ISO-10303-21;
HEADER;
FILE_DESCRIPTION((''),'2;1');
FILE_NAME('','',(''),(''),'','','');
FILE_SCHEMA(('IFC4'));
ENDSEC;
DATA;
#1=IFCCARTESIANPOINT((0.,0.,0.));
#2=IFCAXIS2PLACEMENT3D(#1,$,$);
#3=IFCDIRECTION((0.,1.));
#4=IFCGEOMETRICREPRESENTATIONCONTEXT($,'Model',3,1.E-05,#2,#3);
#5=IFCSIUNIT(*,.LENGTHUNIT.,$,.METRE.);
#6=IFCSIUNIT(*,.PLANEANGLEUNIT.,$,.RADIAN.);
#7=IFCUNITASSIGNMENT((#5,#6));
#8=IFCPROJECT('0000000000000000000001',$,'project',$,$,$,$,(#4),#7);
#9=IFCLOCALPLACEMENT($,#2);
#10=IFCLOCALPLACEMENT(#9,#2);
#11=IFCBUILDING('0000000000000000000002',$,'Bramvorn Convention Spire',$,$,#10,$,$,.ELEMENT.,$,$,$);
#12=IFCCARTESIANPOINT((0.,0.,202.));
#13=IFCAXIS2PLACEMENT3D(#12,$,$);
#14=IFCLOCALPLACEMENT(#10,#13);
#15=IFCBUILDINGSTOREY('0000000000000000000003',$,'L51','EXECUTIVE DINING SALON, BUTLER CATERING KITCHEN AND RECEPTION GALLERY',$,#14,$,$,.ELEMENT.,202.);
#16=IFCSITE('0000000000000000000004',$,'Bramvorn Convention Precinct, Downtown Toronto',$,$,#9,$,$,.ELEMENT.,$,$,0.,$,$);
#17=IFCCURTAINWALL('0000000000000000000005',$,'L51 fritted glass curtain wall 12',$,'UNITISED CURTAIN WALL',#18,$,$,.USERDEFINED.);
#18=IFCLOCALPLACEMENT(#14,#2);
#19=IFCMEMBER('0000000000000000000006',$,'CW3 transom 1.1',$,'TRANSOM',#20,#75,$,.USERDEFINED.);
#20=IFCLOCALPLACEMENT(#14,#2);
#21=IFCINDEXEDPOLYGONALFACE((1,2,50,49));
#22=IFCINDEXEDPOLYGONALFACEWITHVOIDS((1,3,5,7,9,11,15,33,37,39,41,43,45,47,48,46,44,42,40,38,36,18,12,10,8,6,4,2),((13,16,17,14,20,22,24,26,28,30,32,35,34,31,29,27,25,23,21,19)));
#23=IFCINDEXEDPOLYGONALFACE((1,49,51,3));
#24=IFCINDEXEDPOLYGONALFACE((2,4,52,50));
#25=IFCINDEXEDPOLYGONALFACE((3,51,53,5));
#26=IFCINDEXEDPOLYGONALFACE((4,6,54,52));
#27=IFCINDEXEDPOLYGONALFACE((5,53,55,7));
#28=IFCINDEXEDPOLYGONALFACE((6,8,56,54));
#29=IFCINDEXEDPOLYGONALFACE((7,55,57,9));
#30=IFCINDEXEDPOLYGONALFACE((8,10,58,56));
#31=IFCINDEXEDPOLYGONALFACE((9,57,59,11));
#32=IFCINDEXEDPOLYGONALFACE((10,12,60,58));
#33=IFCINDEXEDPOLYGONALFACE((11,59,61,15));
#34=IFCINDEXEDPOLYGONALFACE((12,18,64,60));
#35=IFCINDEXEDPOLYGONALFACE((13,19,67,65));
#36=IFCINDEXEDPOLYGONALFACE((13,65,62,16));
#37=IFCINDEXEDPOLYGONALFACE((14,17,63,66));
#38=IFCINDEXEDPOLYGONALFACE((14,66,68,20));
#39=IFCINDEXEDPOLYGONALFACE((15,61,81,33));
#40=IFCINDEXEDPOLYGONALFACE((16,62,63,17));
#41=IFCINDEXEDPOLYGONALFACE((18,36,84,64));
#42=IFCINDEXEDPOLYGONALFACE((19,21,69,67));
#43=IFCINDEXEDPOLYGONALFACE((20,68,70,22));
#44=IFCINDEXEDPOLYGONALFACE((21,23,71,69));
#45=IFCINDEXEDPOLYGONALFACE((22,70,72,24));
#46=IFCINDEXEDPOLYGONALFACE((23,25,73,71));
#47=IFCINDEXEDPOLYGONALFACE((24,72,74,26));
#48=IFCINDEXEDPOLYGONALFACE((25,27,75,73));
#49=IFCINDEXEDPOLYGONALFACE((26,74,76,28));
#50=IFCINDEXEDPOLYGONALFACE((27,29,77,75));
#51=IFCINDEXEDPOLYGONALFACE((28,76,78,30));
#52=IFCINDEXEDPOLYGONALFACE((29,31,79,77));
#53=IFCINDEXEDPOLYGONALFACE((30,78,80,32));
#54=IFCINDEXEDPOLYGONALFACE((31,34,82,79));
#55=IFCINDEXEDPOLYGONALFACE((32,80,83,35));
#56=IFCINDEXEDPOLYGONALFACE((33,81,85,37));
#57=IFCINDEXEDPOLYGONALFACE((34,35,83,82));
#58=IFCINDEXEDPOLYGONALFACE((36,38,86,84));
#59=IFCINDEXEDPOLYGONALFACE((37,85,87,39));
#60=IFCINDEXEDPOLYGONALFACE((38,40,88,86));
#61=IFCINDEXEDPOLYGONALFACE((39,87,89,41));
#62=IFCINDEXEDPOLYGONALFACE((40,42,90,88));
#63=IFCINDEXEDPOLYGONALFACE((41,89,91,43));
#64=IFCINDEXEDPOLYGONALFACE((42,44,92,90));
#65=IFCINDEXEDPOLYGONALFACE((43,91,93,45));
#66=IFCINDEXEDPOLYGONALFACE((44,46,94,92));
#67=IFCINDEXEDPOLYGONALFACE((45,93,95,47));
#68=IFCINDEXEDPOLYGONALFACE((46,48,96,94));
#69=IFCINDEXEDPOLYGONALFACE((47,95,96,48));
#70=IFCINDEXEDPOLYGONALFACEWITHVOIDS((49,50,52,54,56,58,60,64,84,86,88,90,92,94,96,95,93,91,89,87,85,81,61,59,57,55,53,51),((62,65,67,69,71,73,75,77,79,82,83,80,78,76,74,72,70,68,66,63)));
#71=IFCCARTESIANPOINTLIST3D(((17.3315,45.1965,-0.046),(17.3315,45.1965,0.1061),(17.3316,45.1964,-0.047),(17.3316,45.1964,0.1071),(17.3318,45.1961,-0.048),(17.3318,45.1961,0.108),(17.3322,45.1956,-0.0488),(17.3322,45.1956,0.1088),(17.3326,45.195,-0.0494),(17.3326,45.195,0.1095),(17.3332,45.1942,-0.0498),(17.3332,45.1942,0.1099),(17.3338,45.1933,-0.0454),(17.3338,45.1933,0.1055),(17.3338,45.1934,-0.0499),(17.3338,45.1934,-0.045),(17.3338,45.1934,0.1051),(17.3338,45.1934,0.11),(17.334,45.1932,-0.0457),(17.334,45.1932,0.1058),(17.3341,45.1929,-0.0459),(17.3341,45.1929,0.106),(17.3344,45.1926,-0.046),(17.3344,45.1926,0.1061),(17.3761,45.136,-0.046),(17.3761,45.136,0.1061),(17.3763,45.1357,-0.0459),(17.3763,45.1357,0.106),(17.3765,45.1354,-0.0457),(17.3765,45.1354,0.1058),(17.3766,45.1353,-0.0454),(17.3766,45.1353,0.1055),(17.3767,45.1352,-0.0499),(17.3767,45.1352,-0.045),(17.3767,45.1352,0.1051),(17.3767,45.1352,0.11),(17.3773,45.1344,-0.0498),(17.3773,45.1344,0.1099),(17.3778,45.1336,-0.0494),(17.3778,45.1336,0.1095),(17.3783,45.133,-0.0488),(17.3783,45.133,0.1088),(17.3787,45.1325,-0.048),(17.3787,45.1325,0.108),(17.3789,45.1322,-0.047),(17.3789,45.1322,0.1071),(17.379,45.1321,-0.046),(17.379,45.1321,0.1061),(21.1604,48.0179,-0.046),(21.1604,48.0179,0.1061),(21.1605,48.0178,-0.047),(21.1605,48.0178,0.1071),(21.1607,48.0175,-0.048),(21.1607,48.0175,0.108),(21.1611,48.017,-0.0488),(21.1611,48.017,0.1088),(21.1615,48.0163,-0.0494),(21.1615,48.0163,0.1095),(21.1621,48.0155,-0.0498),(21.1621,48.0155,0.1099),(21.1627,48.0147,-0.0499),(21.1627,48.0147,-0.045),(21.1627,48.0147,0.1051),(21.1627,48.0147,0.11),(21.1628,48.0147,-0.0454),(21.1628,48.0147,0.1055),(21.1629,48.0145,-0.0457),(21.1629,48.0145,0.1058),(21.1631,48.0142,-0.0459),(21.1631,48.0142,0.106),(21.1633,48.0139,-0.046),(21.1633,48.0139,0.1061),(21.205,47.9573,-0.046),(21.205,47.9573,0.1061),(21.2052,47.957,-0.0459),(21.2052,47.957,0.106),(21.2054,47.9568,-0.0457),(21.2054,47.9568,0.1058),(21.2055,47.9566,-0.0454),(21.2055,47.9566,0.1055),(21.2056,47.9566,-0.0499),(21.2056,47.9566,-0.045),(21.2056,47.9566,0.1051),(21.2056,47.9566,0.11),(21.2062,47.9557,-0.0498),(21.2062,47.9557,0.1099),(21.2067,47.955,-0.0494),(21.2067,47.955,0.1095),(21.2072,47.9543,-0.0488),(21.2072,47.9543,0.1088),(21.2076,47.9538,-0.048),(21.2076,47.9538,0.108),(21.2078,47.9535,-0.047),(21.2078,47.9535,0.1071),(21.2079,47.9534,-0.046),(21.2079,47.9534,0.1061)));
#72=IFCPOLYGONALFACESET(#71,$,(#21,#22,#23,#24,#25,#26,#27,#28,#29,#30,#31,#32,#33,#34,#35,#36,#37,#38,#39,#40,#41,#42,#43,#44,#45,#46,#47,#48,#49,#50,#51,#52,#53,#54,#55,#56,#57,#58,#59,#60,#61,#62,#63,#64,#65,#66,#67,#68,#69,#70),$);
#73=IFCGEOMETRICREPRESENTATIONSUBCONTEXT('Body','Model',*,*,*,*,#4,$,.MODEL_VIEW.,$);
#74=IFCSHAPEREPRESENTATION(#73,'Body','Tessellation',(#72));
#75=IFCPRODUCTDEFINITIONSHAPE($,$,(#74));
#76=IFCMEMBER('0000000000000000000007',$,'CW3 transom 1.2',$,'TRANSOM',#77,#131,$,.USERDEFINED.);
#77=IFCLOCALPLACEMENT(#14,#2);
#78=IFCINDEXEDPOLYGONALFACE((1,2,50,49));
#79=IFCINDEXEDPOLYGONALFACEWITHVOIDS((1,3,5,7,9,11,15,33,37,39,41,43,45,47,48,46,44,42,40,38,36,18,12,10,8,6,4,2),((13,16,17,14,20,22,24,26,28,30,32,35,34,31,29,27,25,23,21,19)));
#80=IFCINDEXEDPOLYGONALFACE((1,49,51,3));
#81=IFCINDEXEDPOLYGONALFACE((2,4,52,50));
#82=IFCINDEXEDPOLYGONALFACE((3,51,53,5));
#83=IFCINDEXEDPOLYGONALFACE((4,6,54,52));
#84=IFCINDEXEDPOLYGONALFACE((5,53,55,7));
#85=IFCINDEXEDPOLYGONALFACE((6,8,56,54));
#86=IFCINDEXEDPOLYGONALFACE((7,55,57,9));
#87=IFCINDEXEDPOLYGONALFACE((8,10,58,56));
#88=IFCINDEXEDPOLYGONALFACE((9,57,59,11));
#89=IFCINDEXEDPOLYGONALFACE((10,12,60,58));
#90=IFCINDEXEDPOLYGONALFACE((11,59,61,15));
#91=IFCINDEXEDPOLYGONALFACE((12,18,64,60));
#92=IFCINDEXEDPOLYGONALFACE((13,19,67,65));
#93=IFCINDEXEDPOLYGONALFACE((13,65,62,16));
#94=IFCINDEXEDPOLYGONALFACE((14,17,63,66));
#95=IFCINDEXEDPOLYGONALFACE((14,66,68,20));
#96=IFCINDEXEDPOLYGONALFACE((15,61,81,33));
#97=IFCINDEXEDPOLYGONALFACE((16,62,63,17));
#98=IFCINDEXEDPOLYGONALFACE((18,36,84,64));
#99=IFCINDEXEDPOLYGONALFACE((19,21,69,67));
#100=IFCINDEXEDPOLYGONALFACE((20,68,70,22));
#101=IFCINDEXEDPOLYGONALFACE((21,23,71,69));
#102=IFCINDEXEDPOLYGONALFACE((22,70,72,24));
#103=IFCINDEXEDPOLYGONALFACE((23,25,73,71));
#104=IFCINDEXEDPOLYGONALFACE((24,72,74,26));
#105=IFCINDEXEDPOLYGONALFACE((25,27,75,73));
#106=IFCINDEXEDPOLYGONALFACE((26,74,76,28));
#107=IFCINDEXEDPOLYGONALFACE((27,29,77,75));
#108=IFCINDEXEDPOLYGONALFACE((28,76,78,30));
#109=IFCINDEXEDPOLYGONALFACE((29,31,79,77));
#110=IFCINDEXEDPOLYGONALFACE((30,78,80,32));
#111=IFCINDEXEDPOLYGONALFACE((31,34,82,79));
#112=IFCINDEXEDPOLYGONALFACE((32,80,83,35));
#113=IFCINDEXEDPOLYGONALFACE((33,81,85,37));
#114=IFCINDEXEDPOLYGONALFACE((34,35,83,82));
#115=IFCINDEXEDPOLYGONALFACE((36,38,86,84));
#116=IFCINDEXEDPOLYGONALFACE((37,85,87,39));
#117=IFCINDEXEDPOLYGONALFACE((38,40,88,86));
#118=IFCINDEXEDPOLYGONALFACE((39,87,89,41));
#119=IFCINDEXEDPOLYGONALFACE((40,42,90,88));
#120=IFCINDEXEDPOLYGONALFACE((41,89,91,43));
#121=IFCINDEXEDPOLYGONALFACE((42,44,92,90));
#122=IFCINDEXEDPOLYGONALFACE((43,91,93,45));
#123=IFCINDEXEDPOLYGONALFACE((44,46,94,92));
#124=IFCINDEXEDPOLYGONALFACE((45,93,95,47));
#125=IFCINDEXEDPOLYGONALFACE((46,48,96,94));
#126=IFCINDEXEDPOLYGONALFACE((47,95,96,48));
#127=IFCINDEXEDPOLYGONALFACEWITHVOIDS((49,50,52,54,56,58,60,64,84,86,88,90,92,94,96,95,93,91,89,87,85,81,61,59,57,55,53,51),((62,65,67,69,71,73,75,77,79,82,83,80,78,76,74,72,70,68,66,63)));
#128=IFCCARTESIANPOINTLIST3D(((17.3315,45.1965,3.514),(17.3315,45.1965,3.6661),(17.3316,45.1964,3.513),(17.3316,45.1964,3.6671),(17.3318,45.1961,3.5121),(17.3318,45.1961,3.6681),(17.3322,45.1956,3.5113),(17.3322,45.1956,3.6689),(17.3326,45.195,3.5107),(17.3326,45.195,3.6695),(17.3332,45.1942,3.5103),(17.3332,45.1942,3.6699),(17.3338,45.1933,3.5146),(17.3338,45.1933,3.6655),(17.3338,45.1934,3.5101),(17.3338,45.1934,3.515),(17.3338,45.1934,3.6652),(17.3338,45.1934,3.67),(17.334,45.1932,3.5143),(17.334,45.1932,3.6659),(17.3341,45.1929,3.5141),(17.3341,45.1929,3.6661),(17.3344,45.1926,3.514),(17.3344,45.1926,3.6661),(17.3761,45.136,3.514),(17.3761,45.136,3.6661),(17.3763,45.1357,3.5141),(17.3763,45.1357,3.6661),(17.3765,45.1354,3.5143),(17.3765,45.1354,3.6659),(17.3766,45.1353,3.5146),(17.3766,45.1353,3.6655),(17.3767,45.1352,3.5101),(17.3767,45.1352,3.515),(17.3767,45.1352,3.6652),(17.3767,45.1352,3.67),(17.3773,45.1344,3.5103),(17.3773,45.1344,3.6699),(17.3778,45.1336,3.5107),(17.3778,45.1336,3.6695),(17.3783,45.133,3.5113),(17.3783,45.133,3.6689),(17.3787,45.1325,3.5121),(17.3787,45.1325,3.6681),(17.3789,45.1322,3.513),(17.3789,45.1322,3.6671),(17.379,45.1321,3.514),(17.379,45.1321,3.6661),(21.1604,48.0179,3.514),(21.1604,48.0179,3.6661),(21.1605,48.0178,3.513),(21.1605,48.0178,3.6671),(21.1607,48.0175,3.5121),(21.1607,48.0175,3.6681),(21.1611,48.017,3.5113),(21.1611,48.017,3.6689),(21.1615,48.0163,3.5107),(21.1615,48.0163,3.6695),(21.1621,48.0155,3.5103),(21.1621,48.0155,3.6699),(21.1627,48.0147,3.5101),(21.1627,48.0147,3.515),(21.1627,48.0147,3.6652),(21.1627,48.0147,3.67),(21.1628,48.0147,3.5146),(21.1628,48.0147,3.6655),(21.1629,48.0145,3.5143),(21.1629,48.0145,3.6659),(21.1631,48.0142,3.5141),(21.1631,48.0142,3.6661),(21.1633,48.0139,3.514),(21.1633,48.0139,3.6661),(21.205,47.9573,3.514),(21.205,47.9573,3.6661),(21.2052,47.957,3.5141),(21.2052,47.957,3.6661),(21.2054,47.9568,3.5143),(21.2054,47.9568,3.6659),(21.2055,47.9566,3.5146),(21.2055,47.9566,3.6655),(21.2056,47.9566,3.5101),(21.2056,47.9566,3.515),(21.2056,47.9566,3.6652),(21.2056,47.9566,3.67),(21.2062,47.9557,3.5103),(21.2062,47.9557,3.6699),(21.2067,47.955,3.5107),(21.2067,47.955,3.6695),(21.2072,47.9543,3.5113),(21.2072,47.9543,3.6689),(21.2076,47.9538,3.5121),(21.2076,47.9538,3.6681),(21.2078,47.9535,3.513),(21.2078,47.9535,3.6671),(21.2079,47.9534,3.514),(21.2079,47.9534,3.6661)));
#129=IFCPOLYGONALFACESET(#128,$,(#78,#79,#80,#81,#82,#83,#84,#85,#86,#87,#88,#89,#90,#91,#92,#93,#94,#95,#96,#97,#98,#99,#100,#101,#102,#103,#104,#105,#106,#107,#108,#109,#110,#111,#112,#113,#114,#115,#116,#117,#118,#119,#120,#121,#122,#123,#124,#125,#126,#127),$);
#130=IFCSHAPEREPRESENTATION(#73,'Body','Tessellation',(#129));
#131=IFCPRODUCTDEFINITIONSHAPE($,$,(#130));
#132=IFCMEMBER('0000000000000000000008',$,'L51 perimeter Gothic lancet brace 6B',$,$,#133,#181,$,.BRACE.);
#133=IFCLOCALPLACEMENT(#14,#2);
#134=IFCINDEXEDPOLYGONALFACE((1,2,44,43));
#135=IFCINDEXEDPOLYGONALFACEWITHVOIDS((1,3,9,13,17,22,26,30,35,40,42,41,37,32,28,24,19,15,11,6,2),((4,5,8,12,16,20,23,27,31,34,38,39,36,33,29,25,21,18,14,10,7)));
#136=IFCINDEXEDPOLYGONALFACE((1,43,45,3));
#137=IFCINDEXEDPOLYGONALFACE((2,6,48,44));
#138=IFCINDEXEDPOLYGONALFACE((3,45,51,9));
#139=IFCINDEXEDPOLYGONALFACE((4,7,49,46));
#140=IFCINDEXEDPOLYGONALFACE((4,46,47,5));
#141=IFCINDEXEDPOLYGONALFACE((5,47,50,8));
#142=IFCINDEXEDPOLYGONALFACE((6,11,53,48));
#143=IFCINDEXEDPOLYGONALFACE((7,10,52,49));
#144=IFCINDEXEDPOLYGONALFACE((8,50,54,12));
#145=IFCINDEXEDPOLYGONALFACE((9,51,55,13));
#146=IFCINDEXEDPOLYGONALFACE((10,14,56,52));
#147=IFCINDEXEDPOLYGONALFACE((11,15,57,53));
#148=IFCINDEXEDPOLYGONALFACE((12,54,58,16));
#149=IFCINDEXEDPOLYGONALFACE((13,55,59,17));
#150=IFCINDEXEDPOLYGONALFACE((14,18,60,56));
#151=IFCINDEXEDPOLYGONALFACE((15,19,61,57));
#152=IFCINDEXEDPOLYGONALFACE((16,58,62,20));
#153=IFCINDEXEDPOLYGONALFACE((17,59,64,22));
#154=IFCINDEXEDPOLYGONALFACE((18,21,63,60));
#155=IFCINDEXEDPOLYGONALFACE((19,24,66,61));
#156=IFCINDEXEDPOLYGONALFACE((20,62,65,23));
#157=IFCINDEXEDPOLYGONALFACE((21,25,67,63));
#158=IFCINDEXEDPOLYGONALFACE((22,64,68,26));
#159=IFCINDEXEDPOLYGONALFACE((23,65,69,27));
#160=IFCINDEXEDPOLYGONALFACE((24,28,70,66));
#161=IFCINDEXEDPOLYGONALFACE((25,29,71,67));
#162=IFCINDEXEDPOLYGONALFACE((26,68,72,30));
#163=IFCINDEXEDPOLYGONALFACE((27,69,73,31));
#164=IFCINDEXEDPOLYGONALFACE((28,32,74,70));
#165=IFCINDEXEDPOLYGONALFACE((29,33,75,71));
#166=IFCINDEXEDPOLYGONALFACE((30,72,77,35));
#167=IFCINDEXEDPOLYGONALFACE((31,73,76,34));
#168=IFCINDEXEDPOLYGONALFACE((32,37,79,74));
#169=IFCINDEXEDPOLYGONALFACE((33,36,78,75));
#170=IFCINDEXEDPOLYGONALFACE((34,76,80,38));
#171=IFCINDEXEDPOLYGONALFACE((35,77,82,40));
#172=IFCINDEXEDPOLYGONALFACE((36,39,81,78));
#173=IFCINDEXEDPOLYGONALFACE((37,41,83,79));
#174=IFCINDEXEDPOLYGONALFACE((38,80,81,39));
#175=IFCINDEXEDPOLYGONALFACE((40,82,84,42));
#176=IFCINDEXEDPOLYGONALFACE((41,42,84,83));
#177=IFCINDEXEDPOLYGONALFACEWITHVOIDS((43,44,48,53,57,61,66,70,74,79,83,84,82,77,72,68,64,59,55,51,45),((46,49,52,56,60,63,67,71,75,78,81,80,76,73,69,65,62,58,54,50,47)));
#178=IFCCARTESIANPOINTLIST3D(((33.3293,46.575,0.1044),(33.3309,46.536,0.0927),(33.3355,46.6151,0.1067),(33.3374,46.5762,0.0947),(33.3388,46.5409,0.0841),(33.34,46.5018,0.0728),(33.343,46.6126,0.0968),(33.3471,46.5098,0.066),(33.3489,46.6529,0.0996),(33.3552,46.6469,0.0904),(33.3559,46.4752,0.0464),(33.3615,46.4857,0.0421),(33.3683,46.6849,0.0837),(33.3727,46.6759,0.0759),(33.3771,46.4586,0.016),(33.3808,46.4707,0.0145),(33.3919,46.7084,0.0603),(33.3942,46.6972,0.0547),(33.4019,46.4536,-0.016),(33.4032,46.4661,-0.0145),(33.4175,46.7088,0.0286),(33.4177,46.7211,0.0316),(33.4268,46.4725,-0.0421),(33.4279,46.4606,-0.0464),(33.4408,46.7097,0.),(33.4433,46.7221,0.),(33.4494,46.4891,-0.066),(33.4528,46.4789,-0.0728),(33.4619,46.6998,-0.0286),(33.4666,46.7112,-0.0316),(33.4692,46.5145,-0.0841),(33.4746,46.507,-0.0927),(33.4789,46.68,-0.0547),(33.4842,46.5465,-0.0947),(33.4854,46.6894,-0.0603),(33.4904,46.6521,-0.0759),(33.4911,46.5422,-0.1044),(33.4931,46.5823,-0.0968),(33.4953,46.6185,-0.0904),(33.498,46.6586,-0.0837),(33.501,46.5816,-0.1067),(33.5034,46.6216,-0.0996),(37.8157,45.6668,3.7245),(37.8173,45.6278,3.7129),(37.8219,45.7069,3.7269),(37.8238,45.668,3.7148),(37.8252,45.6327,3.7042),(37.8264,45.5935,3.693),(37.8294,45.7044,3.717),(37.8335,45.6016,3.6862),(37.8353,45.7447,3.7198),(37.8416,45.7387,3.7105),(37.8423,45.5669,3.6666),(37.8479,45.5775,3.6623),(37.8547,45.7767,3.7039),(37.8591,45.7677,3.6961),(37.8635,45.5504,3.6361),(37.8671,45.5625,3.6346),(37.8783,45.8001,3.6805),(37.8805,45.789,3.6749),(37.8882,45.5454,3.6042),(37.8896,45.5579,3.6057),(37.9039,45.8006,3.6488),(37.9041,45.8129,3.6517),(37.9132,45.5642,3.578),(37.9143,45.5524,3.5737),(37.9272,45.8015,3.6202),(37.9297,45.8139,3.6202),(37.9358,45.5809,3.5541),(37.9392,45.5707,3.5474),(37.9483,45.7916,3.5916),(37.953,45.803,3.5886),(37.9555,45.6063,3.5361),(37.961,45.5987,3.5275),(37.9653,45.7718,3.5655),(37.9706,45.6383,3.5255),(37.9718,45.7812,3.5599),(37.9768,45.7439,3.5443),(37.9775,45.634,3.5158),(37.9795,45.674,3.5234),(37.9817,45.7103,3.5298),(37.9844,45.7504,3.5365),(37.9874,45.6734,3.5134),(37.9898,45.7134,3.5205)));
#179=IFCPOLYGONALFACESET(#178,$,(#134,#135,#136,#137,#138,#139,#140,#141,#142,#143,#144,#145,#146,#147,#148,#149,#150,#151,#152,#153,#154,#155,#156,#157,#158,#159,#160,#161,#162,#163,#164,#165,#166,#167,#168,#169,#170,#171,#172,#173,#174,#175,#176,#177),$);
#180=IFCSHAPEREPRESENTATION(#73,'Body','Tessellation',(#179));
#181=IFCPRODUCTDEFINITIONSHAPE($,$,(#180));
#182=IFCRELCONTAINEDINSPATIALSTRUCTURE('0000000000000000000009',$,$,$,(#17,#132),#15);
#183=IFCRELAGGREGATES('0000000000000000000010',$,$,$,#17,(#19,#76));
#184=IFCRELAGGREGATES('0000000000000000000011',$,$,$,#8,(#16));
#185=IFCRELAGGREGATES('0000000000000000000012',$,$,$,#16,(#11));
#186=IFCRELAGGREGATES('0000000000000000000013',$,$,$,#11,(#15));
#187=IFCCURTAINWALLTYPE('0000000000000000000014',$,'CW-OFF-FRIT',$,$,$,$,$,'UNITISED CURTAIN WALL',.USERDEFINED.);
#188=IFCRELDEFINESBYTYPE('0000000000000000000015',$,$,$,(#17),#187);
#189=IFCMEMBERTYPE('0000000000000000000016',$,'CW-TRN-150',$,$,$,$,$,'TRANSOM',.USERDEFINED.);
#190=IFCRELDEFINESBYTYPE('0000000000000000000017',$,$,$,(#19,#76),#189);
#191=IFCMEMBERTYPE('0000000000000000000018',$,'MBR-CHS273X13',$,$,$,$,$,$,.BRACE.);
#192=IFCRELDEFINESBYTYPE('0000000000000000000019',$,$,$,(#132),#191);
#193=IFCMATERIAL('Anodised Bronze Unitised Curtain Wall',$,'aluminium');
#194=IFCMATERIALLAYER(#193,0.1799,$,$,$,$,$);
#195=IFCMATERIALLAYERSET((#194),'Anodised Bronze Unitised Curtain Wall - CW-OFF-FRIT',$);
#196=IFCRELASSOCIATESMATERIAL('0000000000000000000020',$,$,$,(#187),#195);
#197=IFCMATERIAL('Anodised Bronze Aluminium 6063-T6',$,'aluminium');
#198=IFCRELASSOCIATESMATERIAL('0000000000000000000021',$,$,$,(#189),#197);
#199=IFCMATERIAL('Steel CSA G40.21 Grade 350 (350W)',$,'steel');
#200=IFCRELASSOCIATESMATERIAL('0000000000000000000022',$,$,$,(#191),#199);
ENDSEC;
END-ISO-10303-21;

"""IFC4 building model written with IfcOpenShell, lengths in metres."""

from ifc_helpers import new_model, si_unit, direction, frame, origin, origin_2d, place, context, subcontext, project, spatial, hollow_rectangle, hollow_circle, extrude, material, layer, layer_set, material_profile, profile_set, type_object, element, aggregate, save


model = new_model("IFC4")

# Units and contexts
model_context = context("Model", 3, precision=1e-05, world=origin(), true_north=direction((0.0, 1.0)))
body_context = subcontext(model_context, "Body", "Model", "MODEL_VIEW")
ifc_project = project(units=[si_unit("LENGTHUNIT", "METRE"), si_unit("PLANEANGLEUNIT", "RADIAN")], contexts=[model_context])

# Site, building, storey
site_placement = place(None, origin())
site = spatial("IfcSite", under=ifc_project, at=site_placement, Name="Bramvorn Convention Precinct, Downtown Toronto", CompositionType="ELEMENT", RefElevation=0.0)
building_placement = place(site_placement, origin())
building = spatial("IfcBuilding", under=site, at=building_placement, Name="Bramvorn Convention Spire", CompositionType="ELEMENT")
storey_placement = place(building_placement, frame((0.0, 0.0, 202.0)))
storey = spatial("IfcBuildingStorey", under=building, at=storey_placement, Name="L51", Description="EXECUTIVE DINING SALON, BUTLER CATERING KITCHEN AND RECEPTION GALLERY", CompositionType="ELEMENT", Elevation=202.0)

# Shared definitions
ifc_material_1 = material(Name="Steel CSA G40.21 Grade 350 (350W)", Category="steel")

# Curtain wall
ifc_material_2 = material(Name="Anodised Bronze Unitised Curtain Wall", Category="aluminium")
ifc_layer_1 = layer(ifc_material_2, 0.1799)
ifc_layer_set_1 = layer_set([ifc_layer_1], Name="Anodised Bronze Unitised Curtain Wall - CW-OFF-FRIT")
curtain_wall_type = type_object("IfcCurtainWallType", Name="CW-OFF-FRIT", ElementType="UNITISED CURTAIN WALL", PredefinedType="USERDEFINED", material=ifc_layer_set_1)
ifc_material_3 = material(Name="Anodised Bronze Aluminium 6063-T6", Category="aluminium")
curtain_wall_1_placement = place(storey_placement, origin())
curtain_wall_1 = element("IfcCurtainWall", 1, at=curtain_wall_1_placement, inside=storey, type_object=curtain_wall_type, Name="L51 fritted glass curtain wall 12", ObjectType="UNITISED CURTAIN WALL", PredefinedType="USERDEFINED")

# Members
ifc_material_profile_1 = material_profile(ifc_material_3, hollow_rectangle(XDim=0.0801, YDim=0.1599, WallThickness=0.0039, InnerFilletRadius=0.001, OuterFilletRadius=0.0039, at=origin_2d()))
ifc_profile_set_1 = profile_set([ifc_material_profile_1], Name="Anodised Bronze Aluminium 6063-T6 - CWT80X160")
member_type_1 = type_object("IfcMemberType", Name="CW-TRN-150", ElementType="TRANSOM", PredefinedType="USERDEFINED", material=ifc_profile_set_1)
member_1_placement = place(storey_placement, frame((17.3552, 45.1643, 0.03), z_axis=(0.805053, 0.593203, 0.0), x_axis=(-0.593203, 0.805053, 0.0)))
member_1 = element("IfcMember", 2, at=member_1_placement, type_object=member_type_1, Name="CW3 transom 1.1", ObjectType="TRANSOM", PredefinedType="USERDEFINED", context=body_context, shape_type="SweptSolid", body=[
    extrude(hollow_rectangle(XDim=0.0801, YDim=0.1599, WallThickness=0.0039, InnerFilletRadius=0.001, OuterFilletRadius=0.0039, at=origin_2d()), origin(), (0.0, 0.0, 1.0), 4.7561),
])
member_2_placement = place(storey_placement, frame((17.3552, 45.1643, 3.5901), z_axis=(0.805053, 0.593203, 0.0), x_axis=(-0.593203, 0.805053, 0.0)))
member_2 = element("IfcMember", 3, at=member_2_placement, type_object=member_type_1, Name="CW3 transom 1.2", ObjectType="TRANSOM", PredefinedType="USERDEFINED", context=body_context, shape_type="SweptSolid", body=[
    extrude(hollow_rectangle(XDim=0.0801, YDim=0.1599, WallThickness=0.0039, InnerFilletRadius=0.001, OuterFilletRadius=0.0039, at=origin_2d()), origin(), (0.0, 0.0, 1.0), 4.7561),
])

# Member
ifc_material_profile_2 = material_profile(ifc_material_1, hollow_circle(Radius=0.1365, WallThickness=0.0127, at=origin_2d()))
ifc_profile_set_2 = profile_set([ifc_material_profile_2], Name="Steel CSA G40.21 Grade 350 (350W) - CHS273X13")
member_type_2 = type_object("IfcMemberType", Name="MBR-CHS273X13", PredefinedType="BRACE", material=ifc_profile_set_2)
member_3_placement = place(storey_placement, frame((33.4163, 46.5884, 0.0), z_axis=(0.768752, -0.155625, 0.620323), x_axis=(0.198413, 0.980118, 0.0)))
element("IfcMember", 4, at=member_3_placement, inside=storey, type_object=member_type_2, Name="L51 perimeter Gothic lancet brace 6B", PredefinedType="BRACE", context=body_context, shape_type="SweptSolid", body=[
    extrude(hollow_circle(Radius=0.1365, WallThickness=0.0127, at=origin_2d()), origin(), (0.0, 0.0, 1.0), 5.8359),
])

aggregate(curtain_wall_1, [member_1, member_2])

save(model, "model.ifc")
